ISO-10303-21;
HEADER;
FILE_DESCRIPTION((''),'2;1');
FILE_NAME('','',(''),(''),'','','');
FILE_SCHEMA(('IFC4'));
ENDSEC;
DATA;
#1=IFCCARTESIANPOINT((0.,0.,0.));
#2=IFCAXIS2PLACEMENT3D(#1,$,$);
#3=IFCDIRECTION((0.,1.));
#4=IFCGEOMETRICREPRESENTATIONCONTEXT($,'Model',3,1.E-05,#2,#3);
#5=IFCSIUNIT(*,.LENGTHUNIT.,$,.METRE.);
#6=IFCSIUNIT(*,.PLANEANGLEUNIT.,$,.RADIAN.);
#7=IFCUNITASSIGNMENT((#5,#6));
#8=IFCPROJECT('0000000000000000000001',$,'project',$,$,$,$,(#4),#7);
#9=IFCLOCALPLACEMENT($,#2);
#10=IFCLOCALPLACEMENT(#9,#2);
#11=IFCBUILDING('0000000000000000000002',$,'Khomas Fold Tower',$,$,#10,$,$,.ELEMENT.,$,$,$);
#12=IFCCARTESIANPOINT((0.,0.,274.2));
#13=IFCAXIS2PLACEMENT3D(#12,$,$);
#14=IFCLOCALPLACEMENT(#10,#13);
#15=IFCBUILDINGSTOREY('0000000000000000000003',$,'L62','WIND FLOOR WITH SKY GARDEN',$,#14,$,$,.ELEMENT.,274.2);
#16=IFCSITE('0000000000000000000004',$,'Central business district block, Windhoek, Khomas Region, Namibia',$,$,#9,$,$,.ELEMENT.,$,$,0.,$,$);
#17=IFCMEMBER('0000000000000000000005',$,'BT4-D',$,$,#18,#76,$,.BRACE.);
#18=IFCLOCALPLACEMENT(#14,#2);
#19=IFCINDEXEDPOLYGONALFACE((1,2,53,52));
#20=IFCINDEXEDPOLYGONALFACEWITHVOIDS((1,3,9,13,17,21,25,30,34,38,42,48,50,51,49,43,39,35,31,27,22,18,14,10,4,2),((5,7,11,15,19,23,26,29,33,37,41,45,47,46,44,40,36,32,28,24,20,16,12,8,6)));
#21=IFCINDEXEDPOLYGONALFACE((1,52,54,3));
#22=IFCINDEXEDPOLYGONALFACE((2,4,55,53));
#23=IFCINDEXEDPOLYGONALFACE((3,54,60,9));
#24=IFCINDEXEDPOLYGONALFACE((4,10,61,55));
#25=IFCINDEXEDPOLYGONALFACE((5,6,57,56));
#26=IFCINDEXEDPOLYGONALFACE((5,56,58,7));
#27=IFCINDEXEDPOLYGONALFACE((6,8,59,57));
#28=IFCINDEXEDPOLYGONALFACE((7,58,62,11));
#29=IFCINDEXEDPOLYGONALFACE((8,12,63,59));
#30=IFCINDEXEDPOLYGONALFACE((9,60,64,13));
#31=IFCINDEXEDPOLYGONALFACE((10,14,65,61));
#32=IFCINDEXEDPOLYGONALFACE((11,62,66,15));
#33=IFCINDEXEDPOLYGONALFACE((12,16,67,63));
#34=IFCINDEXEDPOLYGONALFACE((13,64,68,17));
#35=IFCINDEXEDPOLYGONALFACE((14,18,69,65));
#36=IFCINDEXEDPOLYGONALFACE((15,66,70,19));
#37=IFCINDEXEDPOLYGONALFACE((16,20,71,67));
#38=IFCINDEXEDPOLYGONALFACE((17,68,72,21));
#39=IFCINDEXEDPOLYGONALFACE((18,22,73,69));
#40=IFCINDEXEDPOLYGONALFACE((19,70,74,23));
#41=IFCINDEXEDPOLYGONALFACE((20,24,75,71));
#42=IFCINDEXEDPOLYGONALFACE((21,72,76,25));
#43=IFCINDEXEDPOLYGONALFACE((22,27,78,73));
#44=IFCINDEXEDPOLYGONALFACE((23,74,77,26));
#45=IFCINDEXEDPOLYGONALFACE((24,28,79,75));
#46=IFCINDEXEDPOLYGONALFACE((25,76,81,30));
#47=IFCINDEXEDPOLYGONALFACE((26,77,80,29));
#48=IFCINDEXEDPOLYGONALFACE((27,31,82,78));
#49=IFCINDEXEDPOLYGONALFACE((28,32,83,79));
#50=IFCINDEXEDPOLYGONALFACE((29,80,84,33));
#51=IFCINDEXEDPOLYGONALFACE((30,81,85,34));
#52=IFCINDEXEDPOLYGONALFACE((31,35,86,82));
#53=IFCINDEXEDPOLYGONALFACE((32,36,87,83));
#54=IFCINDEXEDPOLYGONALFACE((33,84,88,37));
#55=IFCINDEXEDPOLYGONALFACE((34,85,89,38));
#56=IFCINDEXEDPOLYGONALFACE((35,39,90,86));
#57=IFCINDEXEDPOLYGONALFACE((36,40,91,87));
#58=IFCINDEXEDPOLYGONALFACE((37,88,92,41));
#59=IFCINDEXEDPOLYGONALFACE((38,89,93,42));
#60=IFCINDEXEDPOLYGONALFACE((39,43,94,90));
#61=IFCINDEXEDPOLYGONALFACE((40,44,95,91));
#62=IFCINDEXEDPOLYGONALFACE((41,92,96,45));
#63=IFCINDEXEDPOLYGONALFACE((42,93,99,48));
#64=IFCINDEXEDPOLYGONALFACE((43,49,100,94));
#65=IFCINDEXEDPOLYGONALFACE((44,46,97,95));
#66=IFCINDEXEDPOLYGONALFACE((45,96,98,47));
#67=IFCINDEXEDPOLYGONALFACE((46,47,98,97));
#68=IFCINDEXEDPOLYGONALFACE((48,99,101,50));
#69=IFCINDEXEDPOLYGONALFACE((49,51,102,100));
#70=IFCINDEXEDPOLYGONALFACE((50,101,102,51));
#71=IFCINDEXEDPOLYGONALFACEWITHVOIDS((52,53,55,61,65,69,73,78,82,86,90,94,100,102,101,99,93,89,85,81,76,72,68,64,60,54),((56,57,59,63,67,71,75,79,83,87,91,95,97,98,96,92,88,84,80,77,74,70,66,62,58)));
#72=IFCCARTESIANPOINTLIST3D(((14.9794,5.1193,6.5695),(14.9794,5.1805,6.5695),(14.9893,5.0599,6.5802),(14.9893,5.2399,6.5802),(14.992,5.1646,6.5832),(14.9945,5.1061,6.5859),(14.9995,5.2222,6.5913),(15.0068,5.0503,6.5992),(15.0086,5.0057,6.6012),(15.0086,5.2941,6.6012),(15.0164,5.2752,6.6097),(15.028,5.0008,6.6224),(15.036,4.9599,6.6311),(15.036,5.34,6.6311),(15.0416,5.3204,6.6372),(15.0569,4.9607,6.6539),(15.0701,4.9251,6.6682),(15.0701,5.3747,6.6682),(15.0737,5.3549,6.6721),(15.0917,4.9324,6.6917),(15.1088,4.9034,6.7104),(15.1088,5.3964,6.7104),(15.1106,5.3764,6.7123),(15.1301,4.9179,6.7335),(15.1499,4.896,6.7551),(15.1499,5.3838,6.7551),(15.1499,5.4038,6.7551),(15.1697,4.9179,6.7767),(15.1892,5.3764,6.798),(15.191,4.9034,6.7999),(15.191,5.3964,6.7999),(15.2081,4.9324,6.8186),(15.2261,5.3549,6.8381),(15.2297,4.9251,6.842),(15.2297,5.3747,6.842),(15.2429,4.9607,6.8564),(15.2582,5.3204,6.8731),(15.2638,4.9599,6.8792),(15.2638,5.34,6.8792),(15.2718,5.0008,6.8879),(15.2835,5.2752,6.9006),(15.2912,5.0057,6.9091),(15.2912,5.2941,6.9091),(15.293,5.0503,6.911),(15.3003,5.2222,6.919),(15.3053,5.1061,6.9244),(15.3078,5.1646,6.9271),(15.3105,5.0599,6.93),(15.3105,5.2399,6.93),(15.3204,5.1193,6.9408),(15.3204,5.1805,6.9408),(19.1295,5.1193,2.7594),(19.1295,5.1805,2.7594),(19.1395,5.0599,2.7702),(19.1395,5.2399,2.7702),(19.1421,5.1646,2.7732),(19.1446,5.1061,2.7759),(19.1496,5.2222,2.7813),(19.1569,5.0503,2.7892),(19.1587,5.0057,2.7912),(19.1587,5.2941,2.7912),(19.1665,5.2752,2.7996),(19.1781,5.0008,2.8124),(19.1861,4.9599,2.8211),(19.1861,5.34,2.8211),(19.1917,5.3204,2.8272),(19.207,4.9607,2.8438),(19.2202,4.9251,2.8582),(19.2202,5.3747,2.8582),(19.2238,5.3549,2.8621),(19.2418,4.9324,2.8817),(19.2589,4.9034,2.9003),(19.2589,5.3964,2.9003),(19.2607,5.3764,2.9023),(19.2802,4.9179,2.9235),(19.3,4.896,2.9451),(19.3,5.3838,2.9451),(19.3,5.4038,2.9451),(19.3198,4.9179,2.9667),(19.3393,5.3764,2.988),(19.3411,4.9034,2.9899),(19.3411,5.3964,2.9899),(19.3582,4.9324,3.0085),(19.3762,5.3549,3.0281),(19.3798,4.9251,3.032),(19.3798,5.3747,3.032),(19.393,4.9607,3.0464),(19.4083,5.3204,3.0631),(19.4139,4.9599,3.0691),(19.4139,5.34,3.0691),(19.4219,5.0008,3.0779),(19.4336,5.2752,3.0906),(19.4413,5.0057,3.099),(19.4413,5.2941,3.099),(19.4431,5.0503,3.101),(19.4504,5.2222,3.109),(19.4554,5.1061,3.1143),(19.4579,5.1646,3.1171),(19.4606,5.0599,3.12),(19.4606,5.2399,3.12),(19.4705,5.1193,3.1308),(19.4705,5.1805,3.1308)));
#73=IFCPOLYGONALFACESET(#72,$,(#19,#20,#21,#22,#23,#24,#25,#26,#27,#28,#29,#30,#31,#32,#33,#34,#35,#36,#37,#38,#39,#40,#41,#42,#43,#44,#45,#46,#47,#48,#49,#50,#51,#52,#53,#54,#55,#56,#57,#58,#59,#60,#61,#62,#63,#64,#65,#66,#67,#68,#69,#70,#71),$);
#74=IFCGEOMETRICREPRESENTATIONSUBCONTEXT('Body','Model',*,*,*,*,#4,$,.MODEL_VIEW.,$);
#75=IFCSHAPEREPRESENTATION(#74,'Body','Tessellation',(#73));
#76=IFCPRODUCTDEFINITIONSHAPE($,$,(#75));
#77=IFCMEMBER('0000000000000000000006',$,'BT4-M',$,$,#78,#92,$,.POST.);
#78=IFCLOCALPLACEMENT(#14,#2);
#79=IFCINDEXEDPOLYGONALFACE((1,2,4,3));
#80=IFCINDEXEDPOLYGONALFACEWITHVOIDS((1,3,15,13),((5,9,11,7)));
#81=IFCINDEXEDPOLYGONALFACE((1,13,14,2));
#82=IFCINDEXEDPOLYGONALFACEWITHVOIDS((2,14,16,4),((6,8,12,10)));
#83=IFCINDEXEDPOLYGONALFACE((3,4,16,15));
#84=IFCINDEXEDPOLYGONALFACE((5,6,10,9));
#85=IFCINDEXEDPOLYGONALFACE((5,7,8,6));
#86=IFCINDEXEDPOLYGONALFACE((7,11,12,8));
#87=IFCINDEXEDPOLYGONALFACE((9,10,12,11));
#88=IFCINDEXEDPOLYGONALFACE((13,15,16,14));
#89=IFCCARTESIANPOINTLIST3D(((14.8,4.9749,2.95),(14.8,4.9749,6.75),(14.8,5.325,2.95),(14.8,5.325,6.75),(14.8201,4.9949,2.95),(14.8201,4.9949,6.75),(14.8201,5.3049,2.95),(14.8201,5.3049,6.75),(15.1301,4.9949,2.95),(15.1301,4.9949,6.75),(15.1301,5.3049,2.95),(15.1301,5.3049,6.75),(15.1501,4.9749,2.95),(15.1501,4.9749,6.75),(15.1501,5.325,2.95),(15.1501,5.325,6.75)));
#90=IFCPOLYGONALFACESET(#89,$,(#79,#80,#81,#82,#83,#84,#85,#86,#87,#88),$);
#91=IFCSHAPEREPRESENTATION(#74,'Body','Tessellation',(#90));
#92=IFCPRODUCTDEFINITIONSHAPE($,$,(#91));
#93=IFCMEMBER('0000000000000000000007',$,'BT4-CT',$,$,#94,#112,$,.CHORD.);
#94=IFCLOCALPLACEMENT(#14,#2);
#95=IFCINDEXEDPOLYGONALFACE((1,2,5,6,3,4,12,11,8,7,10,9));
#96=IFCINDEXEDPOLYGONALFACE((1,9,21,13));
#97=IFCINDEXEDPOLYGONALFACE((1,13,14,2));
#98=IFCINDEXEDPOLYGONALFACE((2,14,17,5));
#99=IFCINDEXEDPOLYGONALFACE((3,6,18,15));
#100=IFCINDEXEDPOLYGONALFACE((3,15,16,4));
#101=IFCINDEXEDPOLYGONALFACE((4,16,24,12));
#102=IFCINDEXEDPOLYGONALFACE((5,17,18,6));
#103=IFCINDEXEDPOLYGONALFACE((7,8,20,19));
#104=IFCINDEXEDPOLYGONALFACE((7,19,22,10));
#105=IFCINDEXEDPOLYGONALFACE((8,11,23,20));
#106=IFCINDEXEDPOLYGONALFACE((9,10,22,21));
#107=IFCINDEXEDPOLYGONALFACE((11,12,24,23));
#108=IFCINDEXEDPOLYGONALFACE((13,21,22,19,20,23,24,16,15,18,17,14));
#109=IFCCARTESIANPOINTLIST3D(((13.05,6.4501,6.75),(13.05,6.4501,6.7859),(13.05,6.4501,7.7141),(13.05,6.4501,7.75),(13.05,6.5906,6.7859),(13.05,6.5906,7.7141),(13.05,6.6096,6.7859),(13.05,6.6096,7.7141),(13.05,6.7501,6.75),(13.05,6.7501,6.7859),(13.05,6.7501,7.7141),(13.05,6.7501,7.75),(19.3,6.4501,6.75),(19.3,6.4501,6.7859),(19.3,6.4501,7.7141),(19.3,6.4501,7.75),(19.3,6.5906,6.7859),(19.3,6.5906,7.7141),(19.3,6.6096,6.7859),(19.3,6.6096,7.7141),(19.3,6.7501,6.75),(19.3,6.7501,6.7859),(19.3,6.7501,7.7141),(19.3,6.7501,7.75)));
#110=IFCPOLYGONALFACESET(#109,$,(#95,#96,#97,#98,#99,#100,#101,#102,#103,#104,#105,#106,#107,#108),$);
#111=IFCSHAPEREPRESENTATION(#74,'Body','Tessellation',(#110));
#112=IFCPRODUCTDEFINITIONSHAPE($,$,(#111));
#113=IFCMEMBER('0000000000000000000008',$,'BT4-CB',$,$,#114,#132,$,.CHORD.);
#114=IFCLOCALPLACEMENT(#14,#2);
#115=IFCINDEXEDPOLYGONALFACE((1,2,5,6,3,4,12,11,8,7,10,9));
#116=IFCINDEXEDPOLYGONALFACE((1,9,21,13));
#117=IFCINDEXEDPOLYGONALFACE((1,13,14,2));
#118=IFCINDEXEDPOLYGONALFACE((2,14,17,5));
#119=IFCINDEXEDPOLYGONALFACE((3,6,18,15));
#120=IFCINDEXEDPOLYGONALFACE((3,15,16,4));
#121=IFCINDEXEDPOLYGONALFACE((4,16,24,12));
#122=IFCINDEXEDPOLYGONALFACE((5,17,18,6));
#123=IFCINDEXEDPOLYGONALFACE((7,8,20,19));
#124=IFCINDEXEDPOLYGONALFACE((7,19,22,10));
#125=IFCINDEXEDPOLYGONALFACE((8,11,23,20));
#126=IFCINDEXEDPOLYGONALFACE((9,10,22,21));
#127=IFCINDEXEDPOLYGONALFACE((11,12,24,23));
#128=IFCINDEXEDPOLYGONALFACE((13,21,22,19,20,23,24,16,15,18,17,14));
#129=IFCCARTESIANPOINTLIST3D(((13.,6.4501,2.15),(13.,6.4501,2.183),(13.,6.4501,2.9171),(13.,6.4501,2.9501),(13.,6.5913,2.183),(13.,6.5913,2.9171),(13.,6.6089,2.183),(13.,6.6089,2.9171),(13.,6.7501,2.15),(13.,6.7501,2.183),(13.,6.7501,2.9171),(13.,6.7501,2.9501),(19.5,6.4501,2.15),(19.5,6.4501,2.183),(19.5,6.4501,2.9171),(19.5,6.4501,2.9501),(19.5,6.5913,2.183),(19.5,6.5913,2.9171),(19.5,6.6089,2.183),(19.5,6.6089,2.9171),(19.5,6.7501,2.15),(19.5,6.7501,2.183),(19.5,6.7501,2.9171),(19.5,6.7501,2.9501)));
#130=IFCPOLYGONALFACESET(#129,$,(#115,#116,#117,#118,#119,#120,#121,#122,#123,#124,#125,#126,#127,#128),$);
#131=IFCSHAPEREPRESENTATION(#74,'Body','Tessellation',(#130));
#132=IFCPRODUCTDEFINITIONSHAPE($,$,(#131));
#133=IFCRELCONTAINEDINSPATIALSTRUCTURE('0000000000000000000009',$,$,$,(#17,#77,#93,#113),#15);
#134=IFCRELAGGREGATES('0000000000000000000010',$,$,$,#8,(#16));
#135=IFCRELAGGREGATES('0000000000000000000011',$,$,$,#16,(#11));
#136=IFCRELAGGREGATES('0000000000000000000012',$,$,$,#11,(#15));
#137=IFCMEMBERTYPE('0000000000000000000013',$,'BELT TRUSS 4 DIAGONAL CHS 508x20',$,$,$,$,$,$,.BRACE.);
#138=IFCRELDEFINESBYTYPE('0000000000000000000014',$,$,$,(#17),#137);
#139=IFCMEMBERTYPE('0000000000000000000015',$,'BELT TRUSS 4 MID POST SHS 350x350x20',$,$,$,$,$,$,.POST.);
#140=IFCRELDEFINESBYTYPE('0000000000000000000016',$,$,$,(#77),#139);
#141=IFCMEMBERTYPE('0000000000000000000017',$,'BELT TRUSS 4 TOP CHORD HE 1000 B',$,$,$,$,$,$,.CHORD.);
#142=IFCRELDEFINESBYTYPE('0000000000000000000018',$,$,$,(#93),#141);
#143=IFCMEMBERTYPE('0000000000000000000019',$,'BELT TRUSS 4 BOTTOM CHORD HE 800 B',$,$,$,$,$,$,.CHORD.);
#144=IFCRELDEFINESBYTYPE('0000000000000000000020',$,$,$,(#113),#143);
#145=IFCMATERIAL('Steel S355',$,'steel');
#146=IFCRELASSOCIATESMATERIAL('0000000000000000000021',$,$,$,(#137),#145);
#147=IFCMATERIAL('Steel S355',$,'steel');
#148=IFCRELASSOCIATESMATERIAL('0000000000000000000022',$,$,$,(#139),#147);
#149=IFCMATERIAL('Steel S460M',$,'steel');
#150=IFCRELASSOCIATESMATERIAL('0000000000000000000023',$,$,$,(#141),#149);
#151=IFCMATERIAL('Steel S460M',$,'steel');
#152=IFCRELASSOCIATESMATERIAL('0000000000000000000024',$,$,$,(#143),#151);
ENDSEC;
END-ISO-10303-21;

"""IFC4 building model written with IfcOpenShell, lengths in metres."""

from ifc_helpers import new_model, si_unit, direction, frame, origin, origin_2d, place, context, subcontext, project, spatial, hollow_rectangle, hollow_circle, i_section, extrude, source, transform, mapped, material, material_profile, profile_set, type_object, element, save


model = new_model("IFC4")

# Units and contexts
model_context = context("Model", 3, precision=1e-05, world=origin(), true_north=direction((0.0, 1.0)))
body_context = subcontext(model_context, "Body", "Model", "MODEL_VIEW")
ifc_project = project(units=[si_unit("LENGTHUNIT", "METRE"), si_unit("PLANEANGLEUNIT", "RADIAN")], contexts=[model_context])

# Site, building, storey
site_placement = place(None, origin())
site = spatial("IfcSite", under=ifc_project, at=site_placement, Name="Central business district block, Windhoek, Khomas Region, Namibia", CompositionType="ELEMENT", RefElevation=0.0)
building_placement = place(site_placement, origin())
building = spatial("IfcBuilding", under=site, at=building_placement, Name="Khomas Fold Tower", CompositionType="ELEMENT")
storey_placement = place(building_placement, frame((0.0, 0.0, 274.2)))
storey = spatial("IfcBuildingStorey", under=building, at=storey_placement, Name="L62", Description="WIND FLOOR WITH SKY GARDEN", CompositionType="ELEMENT", Elevation=274.2)

# Members
ifc_material_1 = material(Name="Steel S355", Category="steel")
ifc_material_profile_1 = material_profile(ifc_material_1, hollow_circle(Radius=0.2539, WallThickness=0.02, at=origin_2d()), Name="CHS 508x20")
ifc_profile_set_1 = profile_set([ifc_material_profile_1], Name="Steel S355")
member_type_1 = type_object("IfcMemberType", Name="BELT TRUSS 4 DIAGONAL CHS 508x20", PredefinedType="BRACE", material=ifc_profile_set_1)
shared_shape_1 = source(origin(), body_context, "Body", "SweptSolid", [
    extrude(hollow_circle(Radius=0.2539, WallThickness=0.02, at=origin_2d()), origin(), (0.0, 0.0, 1.0), 5.6338),
])
member_1_placement = place(storey_placement, frame((15.1499, 5.1499, 6.7551), z_axis=(0.736645, 0.0, -0.67628), x_axis=(0.0, 1.0, 0.0)))
element("IfcMember", 1, at=member_1_placement, inside=storey, type_object=member_type_1, Name="BT4-D", PredefinedType="BRACE", context=body_context, shape_type="MappedRepresentation", body=[
    mapped(shared_shape_1, transform((0.0, 0.0, 0.0))),
])
ifc_material_2 = material(Name="Steel S355", Category="steel")
ifc_material_profile_2 = material_profile(ifc_material_2, hollow_rectangle(XDim=0.3501, YDim=0.3501, WallThickness=0.02, at=origin_2d()), Name="SHS 350x350x20")
ifc_profile_set_2 = profile_set([ifc_material_profile_2], Name="Steel S355")
member_type_2 = type_object("IfcMemberType", Name="BELT TRUSS 4 MID POST SHS 350x350x20", PredefinedType="POST", material=ifc_profile_set_2)
shared_shape_2 = source(origin(), body_context, "Body", "SweptSolid", [
    extrude(hollow_rectangle(XDim=0.3501, YDim=0.3501, WallThickness=0.02, at=origin_2d()), origin(), (0.0, 0.0, 1.0), 3.8),
])
member_2_placement = place(storey_placement, frame((14.9751, 5.1499, 2.95), z_axis=(0.0, 0.0, 1.0), x_axis=(1.0, 0.0, 0.0)))
element("IfcMember", 2, at=member_2_placement, inside=storey, type_object=member_type_2, Name="BT4-M", PredefinedType="POST", context=body_context, shape_type="MappedRepresentation", body=[
    mapped(shared_shape_2, transform((0.0, 0.0, 0.0))),
])
ifc_material_3 = material(Name="Steel S460M", Category="steel")
ifc_material_profile_3 = material_profile(ifc_material_3, i_section(OverallWidth=0.3, OverallDepth=1.0, WebThickness=0.019, FlangeThickness=0.0359, at=origin_2d()), Name="HE 1000 B")
ifc_profile_set_3 = profile_set([ifc_material_profile_3], Name="Steel S460M")
member_type_3 = type_object("IfcMemberType", Name="BELT TRUSS 4 TOP CHORD HE 1000 B", PredefinedType="CHORD", material=ifc_profile_set_3)
shared_shape_3 = source(origin(), body_context, "Body", "SweptSolid", [
    extrude(i_section(OverallWidth=0.3, OverallDepth=1.0, WebThickness=0.019, FlangeThickness=0.0359, at=origin_2d()), origin(), (0.0, 0.0, 1.0), 6.25),
])
member_3_placement = place(storey_placement, frame((13.05, 6.6001, 7.25), z_axis=(1.0, 0.0, 0.0), x_axis=(0.0, 1.0, 0.0)))
element("IfcMember", 3, at=member_3_placement, inside=storey, type_object=member_type_3, Name="BT4-CT", PredefinedType="CHORD", context=body_context, shape_type="MappedRepresentation", body=[
    mapped(shared_shape_3, transform((0.0, 0.0, 0.0))),
])
ifc_material_4 = material(Name="Steel S460M", Category="steel")
ifc_material_profile_4 = material_profile(ifc_material_4, i_section(OverallWidth=0.3, OverallDepth=0.8, WebThickness=0.0176, FlangeThickness=0.033, at=origin_2d()), Name="HE 800 B")
ifc_profile_set_4 = profile_set([ifc_material_profile_4], Name="Steel S460M")
member_type_4 = type_object("IfcMemberType", Name="BELT TRUSS 4 BOTTOM CHORD HE 800 B", PredefinedType="CHORD", material=ifc_profile_set_4)
shared_shape_4 = source(origin(), body_context, "Body", "SweptSolid", [
    extrude(i_section(OverallWidth=0.3, OverallDepth=0.8, WebThickness=0.0176, FlangeThickness=0.033, at=origin_2d()), origin(), (0.0, 0.0, 1.0), 6.5),
])
member_4_placement = place(storey_placement, frame((13.0, 6.6001, 2.55), z_axis=(1.0, 0.0, 0.0), x_axis=(0.0, 1.0, 0.0)))
element("IfcMember", 4, at=member_4_placement, inside=storey, type_object=member_type_4, Name="BT4-CB", PredefinedType="CHORD", context=body_context, shape_type="MappedRepresentation", body=[
    mapped(shared_shape_4, transform((0.0, 0.0, 0.0))),
])

save(model, "model.ifc")
